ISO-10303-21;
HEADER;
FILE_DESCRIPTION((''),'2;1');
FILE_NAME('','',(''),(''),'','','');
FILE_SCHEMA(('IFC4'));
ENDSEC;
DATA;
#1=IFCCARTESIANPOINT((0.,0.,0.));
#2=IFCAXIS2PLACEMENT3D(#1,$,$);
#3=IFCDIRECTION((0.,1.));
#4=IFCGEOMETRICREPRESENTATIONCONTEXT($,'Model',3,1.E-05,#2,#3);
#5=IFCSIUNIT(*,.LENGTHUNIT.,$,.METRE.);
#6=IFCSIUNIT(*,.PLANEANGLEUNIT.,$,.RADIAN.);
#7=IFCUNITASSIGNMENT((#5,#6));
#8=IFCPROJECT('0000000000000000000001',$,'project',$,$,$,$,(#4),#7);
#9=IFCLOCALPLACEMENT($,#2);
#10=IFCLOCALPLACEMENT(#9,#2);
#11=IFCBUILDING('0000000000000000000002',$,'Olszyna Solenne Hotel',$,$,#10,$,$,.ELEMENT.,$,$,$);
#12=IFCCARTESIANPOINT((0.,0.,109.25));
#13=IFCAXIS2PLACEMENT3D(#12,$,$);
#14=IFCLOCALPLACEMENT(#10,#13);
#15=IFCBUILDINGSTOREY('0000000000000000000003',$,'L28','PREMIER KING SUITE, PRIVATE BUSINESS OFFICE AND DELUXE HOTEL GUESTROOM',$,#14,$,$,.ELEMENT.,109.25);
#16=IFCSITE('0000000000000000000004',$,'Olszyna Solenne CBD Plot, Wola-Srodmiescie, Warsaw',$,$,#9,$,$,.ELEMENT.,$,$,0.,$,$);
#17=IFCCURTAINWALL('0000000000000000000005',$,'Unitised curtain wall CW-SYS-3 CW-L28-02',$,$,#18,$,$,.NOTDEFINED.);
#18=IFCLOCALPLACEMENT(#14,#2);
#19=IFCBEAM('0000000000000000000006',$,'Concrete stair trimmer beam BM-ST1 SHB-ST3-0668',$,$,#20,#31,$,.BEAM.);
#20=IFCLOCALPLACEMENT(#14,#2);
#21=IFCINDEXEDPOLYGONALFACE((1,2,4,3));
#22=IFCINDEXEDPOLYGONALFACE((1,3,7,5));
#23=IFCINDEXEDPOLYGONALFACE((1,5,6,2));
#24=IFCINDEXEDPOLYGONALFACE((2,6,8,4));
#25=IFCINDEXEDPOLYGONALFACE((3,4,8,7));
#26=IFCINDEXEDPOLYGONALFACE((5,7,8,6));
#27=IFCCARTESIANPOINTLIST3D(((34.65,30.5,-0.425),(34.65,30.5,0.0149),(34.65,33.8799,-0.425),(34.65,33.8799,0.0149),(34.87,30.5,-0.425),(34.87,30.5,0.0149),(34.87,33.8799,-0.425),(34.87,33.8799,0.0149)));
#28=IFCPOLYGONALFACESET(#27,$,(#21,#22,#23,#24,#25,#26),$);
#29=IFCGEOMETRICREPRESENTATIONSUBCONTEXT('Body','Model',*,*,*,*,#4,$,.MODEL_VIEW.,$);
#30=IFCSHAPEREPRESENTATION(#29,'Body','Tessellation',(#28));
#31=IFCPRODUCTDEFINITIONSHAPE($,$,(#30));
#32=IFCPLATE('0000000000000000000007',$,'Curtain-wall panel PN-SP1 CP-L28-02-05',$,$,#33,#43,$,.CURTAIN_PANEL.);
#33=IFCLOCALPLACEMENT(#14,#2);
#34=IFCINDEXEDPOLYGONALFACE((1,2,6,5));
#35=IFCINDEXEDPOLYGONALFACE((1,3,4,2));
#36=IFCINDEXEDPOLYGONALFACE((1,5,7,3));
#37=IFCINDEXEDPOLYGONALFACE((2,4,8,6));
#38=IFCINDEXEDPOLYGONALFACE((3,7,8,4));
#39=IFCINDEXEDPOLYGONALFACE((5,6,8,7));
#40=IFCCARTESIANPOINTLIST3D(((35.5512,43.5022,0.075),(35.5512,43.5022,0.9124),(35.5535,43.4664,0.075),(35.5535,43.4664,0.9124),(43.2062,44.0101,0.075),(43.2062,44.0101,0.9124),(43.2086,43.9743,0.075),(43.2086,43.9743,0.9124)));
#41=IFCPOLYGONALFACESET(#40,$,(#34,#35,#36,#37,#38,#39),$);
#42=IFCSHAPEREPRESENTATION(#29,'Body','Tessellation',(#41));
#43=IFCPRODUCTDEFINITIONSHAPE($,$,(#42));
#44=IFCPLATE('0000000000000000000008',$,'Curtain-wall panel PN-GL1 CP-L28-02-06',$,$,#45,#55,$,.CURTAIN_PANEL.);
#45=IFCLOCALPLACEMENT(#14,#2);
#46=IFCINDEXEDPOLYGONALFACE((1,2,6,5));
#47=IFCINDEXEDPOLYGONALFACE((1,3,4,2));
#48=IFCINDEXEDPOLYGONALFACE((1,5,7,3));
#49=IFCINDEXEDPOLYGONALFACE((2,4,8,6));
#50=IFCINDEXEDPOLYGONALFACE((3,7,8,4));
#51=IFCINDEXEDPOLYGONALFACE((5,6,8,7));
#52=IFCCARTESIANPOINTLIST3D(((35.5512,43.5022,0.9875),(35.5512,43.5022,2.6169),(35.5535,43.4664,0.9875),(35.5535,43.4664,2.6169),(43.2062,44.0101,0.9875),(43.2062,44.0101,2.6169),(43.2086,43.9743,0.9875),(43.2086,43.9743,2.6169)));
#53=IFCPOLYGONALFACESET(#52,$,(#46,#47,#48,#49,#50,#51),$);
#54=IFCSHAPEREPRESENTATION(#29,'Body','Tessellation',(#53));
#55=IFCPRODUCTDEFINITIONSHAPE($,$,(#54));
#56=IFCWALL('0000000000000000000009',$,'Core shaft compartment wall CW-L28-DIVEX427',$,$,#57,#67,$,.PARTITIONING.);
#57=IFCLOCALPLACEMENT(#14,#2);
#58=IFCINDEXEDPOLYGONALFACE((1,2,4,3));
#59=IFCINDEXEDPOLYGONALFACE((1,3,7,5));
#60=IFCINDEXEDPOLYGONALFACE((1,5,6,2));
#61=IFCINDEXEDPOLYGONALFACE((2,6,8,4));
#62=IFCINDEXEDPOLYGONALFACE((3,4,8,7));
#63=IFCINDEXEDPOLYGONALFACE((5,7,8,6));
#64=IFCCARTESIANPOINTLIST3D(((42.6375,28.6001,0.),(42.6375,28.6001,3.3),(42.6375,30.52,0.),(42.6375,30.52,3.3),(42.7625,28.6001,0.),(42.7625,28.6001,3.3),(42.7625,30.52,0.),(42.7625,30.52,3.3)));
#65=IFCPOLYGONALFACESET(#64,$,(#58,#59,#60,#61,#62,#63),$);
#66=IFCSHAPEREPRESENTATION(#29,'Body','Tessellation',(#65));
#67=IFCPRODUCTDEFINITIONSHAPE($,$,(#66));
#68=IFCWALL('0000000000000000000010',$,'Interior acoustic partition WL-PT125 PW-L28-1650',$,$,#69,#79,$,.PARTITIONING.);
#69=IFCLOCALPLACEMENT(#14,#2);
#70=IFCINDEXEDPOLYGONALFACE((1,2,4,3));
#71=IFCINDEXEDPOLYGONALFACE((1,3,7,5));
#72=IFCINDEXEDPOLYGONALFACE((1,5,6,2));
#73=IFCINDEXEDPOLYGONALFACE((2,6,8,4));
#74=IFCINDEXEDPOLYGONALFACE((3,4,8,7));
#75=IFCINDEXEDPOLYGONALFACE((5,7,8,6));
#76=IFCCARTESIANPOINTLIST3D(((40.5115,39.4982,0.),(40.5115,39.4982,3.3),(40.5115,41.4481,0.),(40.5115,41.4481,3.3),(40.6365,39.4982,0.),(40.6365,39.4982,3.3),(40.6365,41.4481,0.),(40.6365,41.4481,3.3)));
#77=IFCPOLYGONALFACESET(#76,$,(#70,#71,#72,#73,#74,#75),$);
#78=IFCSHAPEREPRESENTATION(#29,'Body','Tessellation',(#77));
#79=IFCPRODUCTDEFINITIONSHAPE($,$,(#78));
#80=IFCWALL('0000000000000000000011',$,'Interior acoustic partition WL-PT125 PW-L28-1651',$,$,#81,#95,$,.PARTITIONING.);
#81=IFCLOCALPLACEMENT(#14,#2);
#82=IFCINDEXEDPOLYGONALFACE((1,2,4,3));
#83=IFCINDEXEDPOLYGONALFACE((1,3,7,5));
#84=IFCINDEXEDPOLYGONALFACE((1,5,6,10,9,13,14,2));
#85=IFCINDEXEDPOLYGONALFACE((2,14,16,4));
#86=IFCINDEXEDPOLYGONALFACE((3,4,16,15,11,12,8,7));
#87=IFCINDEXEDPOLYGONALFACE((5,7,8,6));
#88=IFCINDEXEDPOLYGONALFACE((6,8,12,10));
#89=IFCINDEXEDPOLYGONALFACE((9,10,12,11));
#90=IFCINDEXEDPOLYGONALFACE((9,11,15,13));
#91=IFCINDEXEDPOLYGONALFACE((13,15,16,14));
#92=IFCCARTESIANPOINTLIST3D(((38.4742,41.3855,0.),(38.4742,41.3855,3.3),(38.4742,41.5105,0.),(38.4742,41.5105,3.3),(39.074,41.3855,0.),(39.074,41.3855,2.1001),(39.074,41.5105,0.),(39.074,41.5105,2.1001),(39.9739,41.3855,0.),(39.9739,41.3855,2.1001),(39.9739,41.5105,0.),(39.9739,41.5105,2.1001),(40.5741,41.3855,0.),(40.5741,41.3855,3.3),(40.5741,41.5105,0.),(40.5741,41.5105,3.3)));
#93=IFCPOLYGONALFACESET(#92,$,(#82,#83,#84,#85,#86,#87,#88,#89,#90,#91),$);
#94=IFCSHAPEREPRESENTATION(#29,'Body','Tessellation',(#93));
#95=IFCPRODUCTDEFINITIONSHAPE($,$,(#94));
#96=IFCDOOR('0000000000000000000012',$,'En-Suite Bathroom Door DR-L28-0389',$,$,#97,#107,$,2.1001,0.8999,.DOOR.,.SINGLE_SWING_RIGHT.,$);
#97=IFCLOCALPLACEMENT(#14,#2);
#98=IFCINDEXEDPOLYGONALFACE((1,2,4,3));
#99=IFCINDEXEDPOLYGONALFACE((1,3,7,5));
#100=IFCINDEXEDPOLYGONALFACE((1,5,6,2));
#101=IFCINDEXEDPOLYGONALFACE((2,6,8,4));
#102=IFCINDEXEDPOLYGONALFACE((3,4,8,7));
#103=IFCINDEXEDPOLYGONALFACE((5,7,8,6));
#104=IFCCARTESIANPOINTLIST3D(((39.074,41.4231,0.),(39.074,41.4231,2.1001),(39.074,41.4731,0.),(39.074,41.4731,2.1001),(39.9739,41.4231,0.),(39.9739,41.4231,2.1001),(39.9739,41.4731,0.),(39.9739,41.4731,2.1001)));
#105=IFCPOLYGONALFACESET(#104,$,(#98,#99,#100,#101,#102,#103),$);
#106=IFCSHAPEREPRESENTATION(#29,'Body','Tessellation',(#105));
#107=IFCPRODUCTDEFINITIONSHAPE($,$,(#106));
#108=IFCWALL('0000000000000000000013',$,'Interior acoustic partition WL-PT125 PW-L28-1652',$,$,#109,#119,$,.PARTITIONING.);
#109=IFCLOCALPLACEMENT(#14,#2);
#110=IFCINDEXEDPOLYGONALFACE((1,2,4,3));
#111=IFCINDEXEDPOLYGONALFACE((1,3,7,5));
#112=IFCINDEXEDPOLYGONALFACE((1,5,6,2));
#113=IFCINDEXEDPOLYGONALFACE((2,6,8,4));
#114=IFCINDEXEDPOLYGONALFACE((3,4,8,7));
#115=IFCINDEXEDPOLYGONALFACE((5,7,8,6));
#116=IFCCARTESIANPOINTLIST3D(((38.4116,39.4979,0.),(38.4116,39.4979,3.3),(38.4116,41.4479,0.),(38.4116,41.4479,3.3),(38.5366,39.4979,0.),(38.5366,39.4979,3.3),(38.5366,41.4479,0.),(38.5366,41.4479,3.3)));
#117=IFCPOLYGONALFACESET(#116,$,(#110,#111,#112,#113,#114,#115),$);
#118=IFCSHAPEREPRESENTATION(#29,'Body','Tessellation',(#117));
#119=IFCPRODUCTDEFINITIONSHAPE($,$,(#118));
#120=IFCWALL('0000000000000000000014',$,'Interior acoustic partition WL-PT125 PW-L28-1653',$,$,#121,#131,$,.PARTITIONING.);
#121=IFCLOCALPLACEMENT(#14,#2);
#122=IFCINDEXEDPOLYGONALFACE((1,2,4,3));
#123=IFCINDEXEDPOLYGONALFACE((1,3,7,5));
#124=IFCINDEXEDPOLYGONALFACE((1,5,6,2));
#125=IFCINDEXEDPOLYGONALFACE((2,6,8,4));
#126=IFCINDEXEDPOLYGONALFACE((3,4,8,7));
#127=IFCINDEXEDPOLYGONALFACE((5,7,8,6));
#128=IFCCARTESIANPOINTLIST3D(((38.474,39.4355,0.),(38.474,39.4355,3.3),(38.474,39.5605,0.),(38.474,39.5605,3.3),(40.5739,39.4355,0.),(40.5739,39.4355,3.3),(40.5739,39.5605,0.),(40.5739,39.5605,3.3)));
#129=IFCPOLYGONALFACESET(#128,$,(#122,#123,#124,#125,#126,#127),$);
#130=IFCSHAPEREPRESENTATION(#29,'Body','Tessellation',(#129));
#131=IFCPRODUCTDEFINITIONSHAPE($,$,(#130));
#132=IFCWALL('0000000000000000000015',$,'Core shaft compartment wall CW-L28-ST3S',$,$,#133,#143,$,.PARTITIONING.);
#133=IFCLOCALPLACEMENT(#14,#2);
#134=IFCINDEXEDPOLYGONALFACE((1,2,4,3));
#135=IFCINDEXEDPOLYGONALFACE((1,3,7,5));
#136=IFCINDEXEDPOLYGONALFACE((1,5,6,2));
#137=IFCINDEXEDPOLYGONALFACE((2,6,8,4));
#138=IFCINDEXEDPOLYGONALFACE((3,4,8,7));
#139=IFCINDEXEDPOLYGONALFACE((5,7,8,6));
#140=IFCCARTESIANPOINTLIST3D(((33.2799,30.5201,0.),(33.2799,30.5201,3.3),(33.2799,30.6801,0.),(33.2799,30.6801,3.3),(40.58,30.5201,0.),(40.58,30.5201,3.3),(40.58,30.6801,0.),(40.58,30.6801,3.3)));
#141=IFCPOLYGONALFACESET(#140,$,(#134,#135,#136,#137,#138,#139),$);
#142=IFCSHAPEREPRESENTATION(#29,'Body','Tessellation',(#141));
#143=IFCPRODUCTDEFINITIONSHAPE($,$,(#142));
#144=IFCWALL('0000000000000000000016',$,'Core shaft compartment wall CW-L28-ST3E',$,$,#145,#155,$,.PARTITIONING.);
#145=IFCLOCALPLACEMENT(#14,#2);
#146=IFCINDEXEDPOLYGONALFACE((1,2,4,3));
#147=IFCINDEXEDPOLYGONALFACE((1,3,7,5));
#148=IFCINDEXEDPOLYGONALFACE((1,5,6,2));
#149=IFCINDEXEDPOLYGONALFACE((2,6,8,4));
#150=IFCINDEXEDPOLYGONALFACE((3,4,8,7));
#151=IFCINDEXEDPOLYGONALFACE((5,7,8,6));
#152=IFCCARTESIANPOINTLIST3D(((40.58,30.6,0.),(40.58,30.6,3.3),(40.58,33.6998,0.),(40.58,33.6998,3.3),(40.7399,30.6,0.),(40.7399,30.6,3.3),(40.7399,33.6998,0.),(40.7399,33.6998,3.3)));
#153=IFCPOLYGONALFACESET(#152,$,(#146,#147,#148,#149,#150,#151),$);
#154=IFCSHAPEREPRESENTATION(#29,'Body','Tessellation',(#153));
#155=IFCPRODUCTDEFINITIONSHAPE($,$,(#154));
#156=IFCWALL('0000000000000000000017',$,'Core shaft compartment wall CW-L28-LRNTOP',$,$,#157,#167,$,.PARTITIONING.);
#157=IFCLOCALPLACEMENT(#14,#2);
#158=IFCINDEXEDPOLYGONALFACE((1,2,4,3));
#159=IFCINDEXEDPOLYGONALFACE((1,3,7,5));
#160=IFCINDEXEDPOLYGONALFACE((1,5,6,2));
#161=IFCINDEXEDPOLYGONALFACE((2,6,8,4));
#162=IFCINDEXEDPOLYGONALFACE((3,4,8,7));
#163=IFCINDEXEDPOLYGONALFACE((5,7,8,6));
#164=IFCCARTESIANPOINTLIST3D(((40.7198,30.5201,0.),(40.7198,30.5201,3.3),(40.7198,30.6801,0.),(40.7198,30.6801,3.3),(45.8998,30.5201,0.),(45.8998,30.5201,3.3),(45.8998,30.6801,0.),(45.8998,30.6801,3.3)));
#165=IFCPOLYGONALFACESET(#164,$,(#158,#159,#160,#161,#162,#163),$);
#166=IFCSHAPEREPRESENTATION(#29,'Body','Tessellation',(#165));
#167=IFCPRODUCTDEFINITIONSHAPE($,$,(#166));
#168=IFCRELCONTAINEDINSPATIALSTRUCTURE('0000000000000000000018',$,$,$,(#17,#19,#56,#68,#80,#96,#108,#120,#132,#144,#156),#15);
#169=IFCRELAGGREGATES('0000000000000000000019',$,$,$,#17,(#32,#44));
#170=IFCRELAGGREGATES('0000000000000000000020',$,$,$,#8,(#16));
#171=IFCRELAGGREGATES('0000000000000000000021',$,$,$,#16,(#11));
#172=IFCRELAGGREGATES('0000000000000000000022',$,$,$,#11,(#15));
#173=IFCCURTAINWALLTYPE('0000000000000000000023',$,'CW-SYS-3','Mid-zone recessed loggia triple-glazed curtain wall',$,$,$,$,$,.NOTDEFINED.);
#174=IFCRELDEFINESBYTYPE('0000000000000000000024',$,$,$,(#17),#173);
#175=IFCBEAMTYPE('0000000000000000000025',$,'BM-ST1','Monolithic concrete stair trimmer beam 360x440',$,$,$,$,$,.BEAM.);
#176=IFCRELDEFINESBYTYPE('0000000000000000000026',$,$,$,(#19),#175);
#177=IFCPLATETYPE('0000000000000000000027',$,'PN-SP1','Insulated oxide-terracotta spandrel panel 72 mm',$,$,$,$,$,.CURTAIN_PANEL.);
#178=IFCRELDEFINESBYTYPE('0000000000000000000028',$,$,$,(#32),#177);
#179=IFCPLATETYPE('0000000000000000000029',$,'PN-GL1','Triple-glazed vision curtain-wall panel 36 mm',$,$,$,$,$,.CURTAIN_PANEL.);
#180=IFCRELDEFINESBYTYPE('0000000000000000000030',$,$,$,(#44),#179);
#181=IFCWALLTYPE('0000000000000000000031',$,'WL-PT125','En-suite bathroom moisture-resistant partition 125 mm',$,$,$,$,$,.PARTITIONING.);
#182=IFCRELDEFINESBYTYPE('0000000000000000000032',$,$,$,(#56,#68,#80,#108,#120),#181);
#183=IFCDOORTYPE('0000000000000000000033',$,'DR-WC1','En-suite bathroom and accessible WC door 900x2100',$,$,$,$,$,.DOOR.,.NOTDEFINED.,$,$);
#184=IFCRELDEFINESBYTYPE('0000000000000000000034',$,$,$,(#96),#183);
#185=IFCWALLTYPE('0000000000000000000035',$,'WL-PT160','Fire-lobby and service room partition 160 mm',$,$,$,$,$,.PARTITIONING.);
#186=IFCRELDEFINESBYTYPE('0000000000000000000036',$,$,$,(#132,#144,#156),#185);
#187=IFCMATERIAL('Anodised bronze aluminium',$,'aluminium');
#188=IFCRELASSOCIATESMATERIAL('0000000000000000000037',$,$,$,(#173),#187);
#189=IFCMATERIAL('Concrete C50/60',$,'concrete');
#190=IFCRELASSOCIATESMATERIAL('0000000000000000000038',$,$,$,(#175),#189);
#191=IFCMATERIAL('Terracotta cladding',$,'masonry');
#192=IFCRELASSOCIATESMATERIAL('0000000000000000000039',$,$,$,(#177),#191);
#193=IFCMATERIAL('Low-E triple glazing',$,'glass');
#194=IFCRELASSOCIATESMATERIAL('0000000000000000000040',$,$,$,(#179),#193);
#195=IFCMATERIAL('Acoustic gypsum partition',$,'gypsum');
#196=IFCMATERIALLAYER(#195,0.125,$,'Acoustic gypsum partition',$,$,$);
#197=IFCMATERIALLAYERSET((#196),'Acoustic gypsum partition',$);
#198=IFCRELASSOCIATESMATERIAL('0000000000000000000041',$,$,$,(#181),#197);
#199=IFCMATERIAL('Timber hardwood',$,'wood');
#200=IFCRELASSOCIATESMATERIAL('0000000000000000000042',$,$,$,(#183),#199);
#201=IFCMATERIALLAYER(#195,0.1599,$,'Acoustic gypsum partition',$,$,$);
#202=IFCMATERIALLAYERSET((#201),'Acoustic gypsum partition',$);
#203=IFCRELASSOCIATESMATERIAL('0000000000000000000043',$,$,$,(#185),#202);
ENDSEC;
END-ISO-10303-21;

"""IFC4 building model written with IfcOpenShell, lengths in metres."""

from ifc_helpers import new_model, si_unit, direction, frame, frame_2d, origin, origin_2d, place, context, subcontext, project, spatial, rectangle, extrude, source, transform, mapped, material, layer, layer_set, material_profile, profile_set, type_object, type_shapes, element, fill, aggregate, save


model = new_model("IFC4")

# Units and contexts
model_context = context("Model", 3, precision=1e-05, world=origin(), true_north=direction((0.0, 1.0)))
body_context = subcontext(model_context, "Body", "Model", "MODEL_VIEW")
ifc_project = project(units=[si_unit("LENGTHUNIT", "METRE"), si_unit("PLANEANGLEUNIT", "RADIAN")], contexts=[model_context])

# Site, building, storey
site_placement = place(None, origin())
site = spatial("IfcSite", under=ifc_project, at=site_placement, Name="Olszyna Solenne CBD Plot, Wola-Srodmiescie, Warsaw", CompositionType="ELEMENT", RefElevation=0.0)
building_placement = place(site_placement, origin())
building = spatial("IfcBuilding", under=site, at=building_placement, Name="Olszyna Solenne Hotel", CompositionType="ELEMENT")
storey_placement = place(building_placement, frame((0.0, 0.0, 109.25)))
storey = spatial("IfcBuildingStorey", under=building, at=storey_placement, Name="L28", Description="PREMIER KING SUITE, PRIVATE BUSINESS OFFICE AND DELUXE HOTEL GUESTROOM", CompositionType="ELEMENT", Elevation=109.25)

# Curtain wall
ifc_material_1 = material(Name="Anodised bronze aluminium", Category="aluminium")
curtain_wall_type = type_object("IfcCurtainWallType", Name="CW-SYS-3", Description="Mid-zone recessed loggia triple-glazed curtain wall", PredefinedType="NOTDEFINED", material=ifc_material_1)
curtain_wall_placement = place(storey_placement, origin())
curtain_wall = element("IfcCurtainWall", 1, at=curtain_wall_placement, inside=storey, type_object=curtain_wall_type, Name="Unitised curtain wall CW-SYS-3 CW-L28-02", PredefinedType="NOTDEFINED")

# Beam
ifc_material_2 = material(Name="Concrete C50/60", Category="concrete")
ifc_material_profile_1 = material_profile(ifc_material_2, rectangle(XDim=0.22, YDim=0.4399, at=origin_2d()), Name="RC 220x440", Category="load-bearing")
ifc_profile_set_1 = profile_set([ifc_material_profile_1], Name="Concrete C50/60")
beam_type_1 = type_object("IfcBeamType", Name="BM-ST1", Description="Monolithic concrete stair trimmer beam 360x440", PredefinedType="BEAM", material=ifc_profile_set_1)
shared_shape_1 = source(origin(), body_context, "Body", "SweptSolid", [
    extrude(rectangle(XDim=0.22, YDim=0.4399, at=origin_2d()), origin(), (0.0, 0.0, 1.0), 3.3799),
])
beam_1_placement = place(storey_placement, frame((34.76, 30.5, -0.2051), z_axis=(0.0, 1.0, 0.0), x_axis=(-1.0, 0.0, 0.0)))
element("IfcBeam", 2, at=beam_1_placement, inside=storey, type_object=beam_type_1, Name="Concrete stair trimmer beam BM-ST1 SHB-ST3-0668", PredefinedType="BEAM", context=body_context, shape_type="MappedRepresentation", body=[
    mapped(shared_shape_1, transform((0.0, 0.0, 0.0), x_axis=(1.0, 0.0, 0.0), y_axis=(0.0, 1.0, 0.0), z_axis=(0.0, 0.0, 1.0), scale=1.0)),
])

# Plates
ifc_material_3 = material(Name="Terracotta cladding", Category="masonry")
plate_type_1 = type_object("IfcPlateType", Name="PN-SP1", Description="Insulated oxide-terracotta spandrel panel 72 mm", PredefinedType="CURTAIN_PANEL", material=ifc_material_3)
shared_shape_2 = source(origin(), body_context, "Body", "SweptSolid", [
    extrude(rectangle(XDim=7.6719, YDim=0.0359, at=origin_2d()), origin(), (0.0, 0.0, 1.0), 0.8374),
])
plate_1_placement = place(storey_placement, frame((39.3799, 43.7383, 0.075), z_axis=(0.0, 0.0, 1.0), x_axis=(0.997806, 0.0662, 0.0)))
plate_1 = element("IfcPlate", 3, at=plate_1_placement, type_object=plate_type_1, Name="Curtain-wall panel PN-SP1 CP-L28-02-05", PredefinedType="CURTAIN_PANEL", context=body_context, shape_type="MappedRepresentation", body=[
    mapped(shared_shape_2, transform((0.0, 0.0, 0.0), x_axis=(1.0, 0.0, 0.0), y_axis=(0.0, 1.0, 0.0), z_axis=(0.0, 0.0, 1.0), scale=1.0)),
])
ifc_material_4 = material(Name="Low-E triple glazing", Category="glass")
plate_type_2 = type_object("IfcPlateType", Name="PN-GL1", Description="Triple-glazed vision curtain-wall panel 36 mm", PredefinedType="CURTAIN_PANEL", material=ifc_material_4)
shared_shape_3 = source(origin(), body_context, "Body", "SweptSolid", [
    extrude(rectangle(XDim=7.6719, YDim=0.0359, at=origin_2d()), origin(), (0.0, 0.0, 1.0), 1.6294),
])
plate_2_placement = place(storey_placement, frame((39.3799, 43.7383, 0.9875), z_axis=(0.0, 0.0, 1.0), x_axis=(0.997806, 0.0662, 0.0)))
plate_2 = element("IfcPlate", 4, at=plate_2_placement, type_object=plate_type_2, Name="Curtain-wall panel PN-GL1 CP-L28-02-06", PredefinedType="CURTAIN_PANEL", context=body_context, shape_type="MappedRepresentation", body=[
    mapped(shared_shape_3, transform((0.0, 0.0, 0.0), x_axis=(1.0, 0.0, 0.0), y_axis=(0.0, 1.0, 0.0), z_axis=(0.0, 0.0, 1.0), scale=1.0)),
])
aggregate(curtain_wall, [plate_1, plate_2])

# Walls
ifc_material_5 = material(Name="Acoustic gypsum partition", Category="gypsum")
ifc_layer_1 = layer(ifc_material_5, 0.125, Name="Acoustic gypsum partition")
ifc_layer_set_1 = layer_set([ifc_layer_1], Name="Acoustic gypsum partition")
wall_type_1 = type_object("IfcWallType", Name="WL-PT125", Description="En-suite bathroom moisture-resistant partition 125 mm", PredefinedType="PARTITIONING", material=ifc_layer_set_1)
wall_1_placement = place(storey_placement, frame((42.7, 28.6001, 0.0), z_axis=(0.0, 0.0, 1.0), x_axis=(0.0, 1.0, 0.0)))
element("IfcWall", 5, at=wall_1_placement, inside=storey, type_object=wall_type_1, Name="Core shaft compartment wall CW-L28-DIVEX427", PredefinedType="PARTITIONING", context=body_context, shape_type="SweptSolid", body=[
    extrude(rectangle(XDim=1.9199, YDim=0.125, at=frame_2d((0.96, 0.0))), origin(), (0.0, 0.0, 1.0), 3.3),
])
wall_2_placement = place(storey_placement, frame((40.574, 39.498, 0.0), z_axis=(0.0, 0.0, 1.0), x_axis=(0.0, 1.0, 0.0)))
element("IfcWall", 6, at=wall_2_placement, inside=storey, type_object=wall_type_1, Name="Interior acoustic partition WL-PT125 PW-L28-1650", PredefinedType="PARTITIONING", context=body_context, shape_type="SweptSolid", body=[
    extrude(rectangle(XDim=1.95, YDim=0.125, at=frame_2d((0.9751, 0.0))), origin(), (0.0, 0.0, 1.0), 3.3),
])

# Wall, opening, door
wall_3_placement = place(storey_placement, frame((40.574, 41.448, 0.0), z_axis=(0.0, 0.0, 1.0), x_axis=(-1.0, 0.0, 0.0)))
wall_3 = element("IfcWall", 7, at=wall_3_placement, inside=storey, type_object=wall_type_1, Name="Interior acoustic partition WL-PT125 PW-L28-1651", PredefinedType="PARTITIONING", context=body_context, shape_type="SweptSolid", body=[
    extrude(rectangle(XDim=2.0999, YDim=0.125, at=frame_2d((1.0498, 0.0))), origin(), (0.0, 0.0, 1.0), 3.3),
])
opening_placement = place(wall_3_placement, frame((0.6001, 0.0, 0.0)))
opening = element("IfcOpeningElement", 8, at=opening_placement, cuts=wall_3, PredefinedType="OPENING", context=body_context, shape_type="SweptSolid", body=[
    extrude(rectangle(XDim=0.8999, YDim=2.1001, at=frame_2d((0.45, 1.05))), frame((0.0, 0.0725, 0.0), z_axis=(0.0, -1.0, 0.0), x_axis=(1.0, 0.0, 0.0)), (0.0, 0.0, 1.0), 0.145),
])
ifc_material_6 = material(Name="Timber hardwood", Category="wood")
door_type = type_object("IfcDoorType", Name="DR-WC1", Description="En-suite bathroom and accessible WC door 900x2100", OperationType="NOTDEFINED", PredefinedType="DOOR", material=ifc_material_6)
shared_shape_4 = source(origin(), body_context, "Body", "SweptSolid", [
    extrude(rectangle(XDim=0.8999, YDim=2.1001, at=frame_2d((0.45, 1.05))), frame((0.0, 0.0249, 0.0), z_axis=(0.0, -1.0, 0.0), x_axis=(1.0, 0.0, 0.0)), (0.0, 0.0, 1.0), 0.05),
])
type_shapes(door_type, [shared_shape_4])
door_placement = place(opening_placement, origin())
door = element("IfcDoor", 9, at=door_placement, inside=storey, type_object=door_type, Name="En-Suite Bathroom Door DR-L28-0389", OperationType="SINGLE_SWING_RIGHT", OverallHeight=2.1001, OverallWidth=0.8999, PredefinedType="DOOR", context=body_context, shape_type="MappedRepresentation", body=[
    mapped(shared_shape_4, transform((0.0, 0.0, 0.0), x_axis=(1.0, 0.0, 0.0), y_axis=(0.0, 1.0, 0.0), z_axis=(0.0, 0.0, 1.0), scale=1.0)),
])
fill(opening, door)

# Walls
wall_4_placement = place(storey_placement, frame((38.4741, 41.448, 0.0), z_axis=(0.0, 0.0, 1.0), x_axis=(0.0, -1.0, 0.0)))
element("IfcWall", 10, at=wall_4_placement, inside=storey, type_object=wall_type_1, Name="Interior acoustic partition WL-PT125 PW-L28-1652", PredefinedType="PARTITIONING", context=body_context, shape_type="SweptSolid", body=[
    extrude(rectangle(XDim=1.95, YDim=0.125, at=frame_2d((0.9751, 0.0))), origin(), (0.0, 0.0, 1.0), 3.3),
])
wall_5_placement = place(storey_placement, frame((38.4741, 39.498, 0.0), z_axis=(0.0, 0.0, 1.0), x_axis=(1.0, 0.0, 0.0)))
element("IfcWall", 11, at=wall_5_placement, inside=storey, type_object=wall_type_1, Name="Interior acoustic partition WL-PT125 PW-L28-1653", PredefinedType="PARTITIONING", context=body_context, shape_type="SweptSolid", body=[
    extrude(rectangle(XDim=2.0999, YDim=0.125, at=frame_2d((1.0498, 0.0))), origin(), (0.0, 0.0, 1.0), 3.3),
])
ifc_layer_2 = layer(ifc_material_5, 0.1599, Name="Acoustic gypsum partition")
ifc_layer_set_2 = layer_set([ifc_layer_2], Name="Acoustic gypsum partition")
wall_type_2 = type_object("IfcWallType", Name="WL-PT160", Description="Fire-lobby and service room partition 160 mm", PredefinedType="PARTITIONING", material=ifc_layer_set_2)
wall_6_placement = place(storey_placement, frame((33.28, 30.6001, 0.0), z_axis=(0.0, 0.0, 1.0), x_axis=(1.0, 0.0, 0.0)))
element("IfcWall", 12, at=wall_6_placement, inside=storey, type_object=wall_type_2, Name="Core shaft compartment wall CW-L28-ST3S", PredefinedType="PARTITIONING", context=body_context, shape_type="SweptSolid", body=[
    extrude(rectangle(XDim=7.3, YDim=0.1599, at=frame_2d((3.6499, 0.0))), origin(), (0.0, 0.0, 1.0), 3.3),
])
wall_7_placement = place(storey_placement, frame((40.6599, 30.6001, 0.0), z_axis=(0.0, 0.0, 1.0), x_axis=(0.0, 1.0, 0.0)))
element("IfcWall", 13, at=wall_7_placement, inside=storey, type_object=wall_type_2, Name="Core shaft compartment wall CW-L28-ST3E", PredefinedType="PARTITIONING", context=body_context, shape_type="SweptSolid", body=[
    extrude(rectangle(XDim=3.0999, YDim=0.1599, at=frame_2d((1.5498, 0.0))), origin(), (0.0, 0.0, 1.0), 3.3),
])
wall_8_placement = place(storey_placement, frame((40.72, 30.6001, 0.0), z_axis=(0.0, 0.0, 1.0), x_axis=(1.0, 0.0, 0.0)))
element("IfcWall", 14, at=wall_8_placement, inside=storey, type_object=wall_type_2, Name="Core shaft compartment wall CW-L28-LRNTOP", PredefinedType="PARTITIONING", context=body_context, shape_type="SweptSolid", body=[
    extrude(rectangle(XDim=5.1799, YDim=0.1599, at=frame_2d((2.5898, 0.0))), origin(), (0.0, 0.0, 1.0), 3.3),
])

save(model, "model.ifc")
